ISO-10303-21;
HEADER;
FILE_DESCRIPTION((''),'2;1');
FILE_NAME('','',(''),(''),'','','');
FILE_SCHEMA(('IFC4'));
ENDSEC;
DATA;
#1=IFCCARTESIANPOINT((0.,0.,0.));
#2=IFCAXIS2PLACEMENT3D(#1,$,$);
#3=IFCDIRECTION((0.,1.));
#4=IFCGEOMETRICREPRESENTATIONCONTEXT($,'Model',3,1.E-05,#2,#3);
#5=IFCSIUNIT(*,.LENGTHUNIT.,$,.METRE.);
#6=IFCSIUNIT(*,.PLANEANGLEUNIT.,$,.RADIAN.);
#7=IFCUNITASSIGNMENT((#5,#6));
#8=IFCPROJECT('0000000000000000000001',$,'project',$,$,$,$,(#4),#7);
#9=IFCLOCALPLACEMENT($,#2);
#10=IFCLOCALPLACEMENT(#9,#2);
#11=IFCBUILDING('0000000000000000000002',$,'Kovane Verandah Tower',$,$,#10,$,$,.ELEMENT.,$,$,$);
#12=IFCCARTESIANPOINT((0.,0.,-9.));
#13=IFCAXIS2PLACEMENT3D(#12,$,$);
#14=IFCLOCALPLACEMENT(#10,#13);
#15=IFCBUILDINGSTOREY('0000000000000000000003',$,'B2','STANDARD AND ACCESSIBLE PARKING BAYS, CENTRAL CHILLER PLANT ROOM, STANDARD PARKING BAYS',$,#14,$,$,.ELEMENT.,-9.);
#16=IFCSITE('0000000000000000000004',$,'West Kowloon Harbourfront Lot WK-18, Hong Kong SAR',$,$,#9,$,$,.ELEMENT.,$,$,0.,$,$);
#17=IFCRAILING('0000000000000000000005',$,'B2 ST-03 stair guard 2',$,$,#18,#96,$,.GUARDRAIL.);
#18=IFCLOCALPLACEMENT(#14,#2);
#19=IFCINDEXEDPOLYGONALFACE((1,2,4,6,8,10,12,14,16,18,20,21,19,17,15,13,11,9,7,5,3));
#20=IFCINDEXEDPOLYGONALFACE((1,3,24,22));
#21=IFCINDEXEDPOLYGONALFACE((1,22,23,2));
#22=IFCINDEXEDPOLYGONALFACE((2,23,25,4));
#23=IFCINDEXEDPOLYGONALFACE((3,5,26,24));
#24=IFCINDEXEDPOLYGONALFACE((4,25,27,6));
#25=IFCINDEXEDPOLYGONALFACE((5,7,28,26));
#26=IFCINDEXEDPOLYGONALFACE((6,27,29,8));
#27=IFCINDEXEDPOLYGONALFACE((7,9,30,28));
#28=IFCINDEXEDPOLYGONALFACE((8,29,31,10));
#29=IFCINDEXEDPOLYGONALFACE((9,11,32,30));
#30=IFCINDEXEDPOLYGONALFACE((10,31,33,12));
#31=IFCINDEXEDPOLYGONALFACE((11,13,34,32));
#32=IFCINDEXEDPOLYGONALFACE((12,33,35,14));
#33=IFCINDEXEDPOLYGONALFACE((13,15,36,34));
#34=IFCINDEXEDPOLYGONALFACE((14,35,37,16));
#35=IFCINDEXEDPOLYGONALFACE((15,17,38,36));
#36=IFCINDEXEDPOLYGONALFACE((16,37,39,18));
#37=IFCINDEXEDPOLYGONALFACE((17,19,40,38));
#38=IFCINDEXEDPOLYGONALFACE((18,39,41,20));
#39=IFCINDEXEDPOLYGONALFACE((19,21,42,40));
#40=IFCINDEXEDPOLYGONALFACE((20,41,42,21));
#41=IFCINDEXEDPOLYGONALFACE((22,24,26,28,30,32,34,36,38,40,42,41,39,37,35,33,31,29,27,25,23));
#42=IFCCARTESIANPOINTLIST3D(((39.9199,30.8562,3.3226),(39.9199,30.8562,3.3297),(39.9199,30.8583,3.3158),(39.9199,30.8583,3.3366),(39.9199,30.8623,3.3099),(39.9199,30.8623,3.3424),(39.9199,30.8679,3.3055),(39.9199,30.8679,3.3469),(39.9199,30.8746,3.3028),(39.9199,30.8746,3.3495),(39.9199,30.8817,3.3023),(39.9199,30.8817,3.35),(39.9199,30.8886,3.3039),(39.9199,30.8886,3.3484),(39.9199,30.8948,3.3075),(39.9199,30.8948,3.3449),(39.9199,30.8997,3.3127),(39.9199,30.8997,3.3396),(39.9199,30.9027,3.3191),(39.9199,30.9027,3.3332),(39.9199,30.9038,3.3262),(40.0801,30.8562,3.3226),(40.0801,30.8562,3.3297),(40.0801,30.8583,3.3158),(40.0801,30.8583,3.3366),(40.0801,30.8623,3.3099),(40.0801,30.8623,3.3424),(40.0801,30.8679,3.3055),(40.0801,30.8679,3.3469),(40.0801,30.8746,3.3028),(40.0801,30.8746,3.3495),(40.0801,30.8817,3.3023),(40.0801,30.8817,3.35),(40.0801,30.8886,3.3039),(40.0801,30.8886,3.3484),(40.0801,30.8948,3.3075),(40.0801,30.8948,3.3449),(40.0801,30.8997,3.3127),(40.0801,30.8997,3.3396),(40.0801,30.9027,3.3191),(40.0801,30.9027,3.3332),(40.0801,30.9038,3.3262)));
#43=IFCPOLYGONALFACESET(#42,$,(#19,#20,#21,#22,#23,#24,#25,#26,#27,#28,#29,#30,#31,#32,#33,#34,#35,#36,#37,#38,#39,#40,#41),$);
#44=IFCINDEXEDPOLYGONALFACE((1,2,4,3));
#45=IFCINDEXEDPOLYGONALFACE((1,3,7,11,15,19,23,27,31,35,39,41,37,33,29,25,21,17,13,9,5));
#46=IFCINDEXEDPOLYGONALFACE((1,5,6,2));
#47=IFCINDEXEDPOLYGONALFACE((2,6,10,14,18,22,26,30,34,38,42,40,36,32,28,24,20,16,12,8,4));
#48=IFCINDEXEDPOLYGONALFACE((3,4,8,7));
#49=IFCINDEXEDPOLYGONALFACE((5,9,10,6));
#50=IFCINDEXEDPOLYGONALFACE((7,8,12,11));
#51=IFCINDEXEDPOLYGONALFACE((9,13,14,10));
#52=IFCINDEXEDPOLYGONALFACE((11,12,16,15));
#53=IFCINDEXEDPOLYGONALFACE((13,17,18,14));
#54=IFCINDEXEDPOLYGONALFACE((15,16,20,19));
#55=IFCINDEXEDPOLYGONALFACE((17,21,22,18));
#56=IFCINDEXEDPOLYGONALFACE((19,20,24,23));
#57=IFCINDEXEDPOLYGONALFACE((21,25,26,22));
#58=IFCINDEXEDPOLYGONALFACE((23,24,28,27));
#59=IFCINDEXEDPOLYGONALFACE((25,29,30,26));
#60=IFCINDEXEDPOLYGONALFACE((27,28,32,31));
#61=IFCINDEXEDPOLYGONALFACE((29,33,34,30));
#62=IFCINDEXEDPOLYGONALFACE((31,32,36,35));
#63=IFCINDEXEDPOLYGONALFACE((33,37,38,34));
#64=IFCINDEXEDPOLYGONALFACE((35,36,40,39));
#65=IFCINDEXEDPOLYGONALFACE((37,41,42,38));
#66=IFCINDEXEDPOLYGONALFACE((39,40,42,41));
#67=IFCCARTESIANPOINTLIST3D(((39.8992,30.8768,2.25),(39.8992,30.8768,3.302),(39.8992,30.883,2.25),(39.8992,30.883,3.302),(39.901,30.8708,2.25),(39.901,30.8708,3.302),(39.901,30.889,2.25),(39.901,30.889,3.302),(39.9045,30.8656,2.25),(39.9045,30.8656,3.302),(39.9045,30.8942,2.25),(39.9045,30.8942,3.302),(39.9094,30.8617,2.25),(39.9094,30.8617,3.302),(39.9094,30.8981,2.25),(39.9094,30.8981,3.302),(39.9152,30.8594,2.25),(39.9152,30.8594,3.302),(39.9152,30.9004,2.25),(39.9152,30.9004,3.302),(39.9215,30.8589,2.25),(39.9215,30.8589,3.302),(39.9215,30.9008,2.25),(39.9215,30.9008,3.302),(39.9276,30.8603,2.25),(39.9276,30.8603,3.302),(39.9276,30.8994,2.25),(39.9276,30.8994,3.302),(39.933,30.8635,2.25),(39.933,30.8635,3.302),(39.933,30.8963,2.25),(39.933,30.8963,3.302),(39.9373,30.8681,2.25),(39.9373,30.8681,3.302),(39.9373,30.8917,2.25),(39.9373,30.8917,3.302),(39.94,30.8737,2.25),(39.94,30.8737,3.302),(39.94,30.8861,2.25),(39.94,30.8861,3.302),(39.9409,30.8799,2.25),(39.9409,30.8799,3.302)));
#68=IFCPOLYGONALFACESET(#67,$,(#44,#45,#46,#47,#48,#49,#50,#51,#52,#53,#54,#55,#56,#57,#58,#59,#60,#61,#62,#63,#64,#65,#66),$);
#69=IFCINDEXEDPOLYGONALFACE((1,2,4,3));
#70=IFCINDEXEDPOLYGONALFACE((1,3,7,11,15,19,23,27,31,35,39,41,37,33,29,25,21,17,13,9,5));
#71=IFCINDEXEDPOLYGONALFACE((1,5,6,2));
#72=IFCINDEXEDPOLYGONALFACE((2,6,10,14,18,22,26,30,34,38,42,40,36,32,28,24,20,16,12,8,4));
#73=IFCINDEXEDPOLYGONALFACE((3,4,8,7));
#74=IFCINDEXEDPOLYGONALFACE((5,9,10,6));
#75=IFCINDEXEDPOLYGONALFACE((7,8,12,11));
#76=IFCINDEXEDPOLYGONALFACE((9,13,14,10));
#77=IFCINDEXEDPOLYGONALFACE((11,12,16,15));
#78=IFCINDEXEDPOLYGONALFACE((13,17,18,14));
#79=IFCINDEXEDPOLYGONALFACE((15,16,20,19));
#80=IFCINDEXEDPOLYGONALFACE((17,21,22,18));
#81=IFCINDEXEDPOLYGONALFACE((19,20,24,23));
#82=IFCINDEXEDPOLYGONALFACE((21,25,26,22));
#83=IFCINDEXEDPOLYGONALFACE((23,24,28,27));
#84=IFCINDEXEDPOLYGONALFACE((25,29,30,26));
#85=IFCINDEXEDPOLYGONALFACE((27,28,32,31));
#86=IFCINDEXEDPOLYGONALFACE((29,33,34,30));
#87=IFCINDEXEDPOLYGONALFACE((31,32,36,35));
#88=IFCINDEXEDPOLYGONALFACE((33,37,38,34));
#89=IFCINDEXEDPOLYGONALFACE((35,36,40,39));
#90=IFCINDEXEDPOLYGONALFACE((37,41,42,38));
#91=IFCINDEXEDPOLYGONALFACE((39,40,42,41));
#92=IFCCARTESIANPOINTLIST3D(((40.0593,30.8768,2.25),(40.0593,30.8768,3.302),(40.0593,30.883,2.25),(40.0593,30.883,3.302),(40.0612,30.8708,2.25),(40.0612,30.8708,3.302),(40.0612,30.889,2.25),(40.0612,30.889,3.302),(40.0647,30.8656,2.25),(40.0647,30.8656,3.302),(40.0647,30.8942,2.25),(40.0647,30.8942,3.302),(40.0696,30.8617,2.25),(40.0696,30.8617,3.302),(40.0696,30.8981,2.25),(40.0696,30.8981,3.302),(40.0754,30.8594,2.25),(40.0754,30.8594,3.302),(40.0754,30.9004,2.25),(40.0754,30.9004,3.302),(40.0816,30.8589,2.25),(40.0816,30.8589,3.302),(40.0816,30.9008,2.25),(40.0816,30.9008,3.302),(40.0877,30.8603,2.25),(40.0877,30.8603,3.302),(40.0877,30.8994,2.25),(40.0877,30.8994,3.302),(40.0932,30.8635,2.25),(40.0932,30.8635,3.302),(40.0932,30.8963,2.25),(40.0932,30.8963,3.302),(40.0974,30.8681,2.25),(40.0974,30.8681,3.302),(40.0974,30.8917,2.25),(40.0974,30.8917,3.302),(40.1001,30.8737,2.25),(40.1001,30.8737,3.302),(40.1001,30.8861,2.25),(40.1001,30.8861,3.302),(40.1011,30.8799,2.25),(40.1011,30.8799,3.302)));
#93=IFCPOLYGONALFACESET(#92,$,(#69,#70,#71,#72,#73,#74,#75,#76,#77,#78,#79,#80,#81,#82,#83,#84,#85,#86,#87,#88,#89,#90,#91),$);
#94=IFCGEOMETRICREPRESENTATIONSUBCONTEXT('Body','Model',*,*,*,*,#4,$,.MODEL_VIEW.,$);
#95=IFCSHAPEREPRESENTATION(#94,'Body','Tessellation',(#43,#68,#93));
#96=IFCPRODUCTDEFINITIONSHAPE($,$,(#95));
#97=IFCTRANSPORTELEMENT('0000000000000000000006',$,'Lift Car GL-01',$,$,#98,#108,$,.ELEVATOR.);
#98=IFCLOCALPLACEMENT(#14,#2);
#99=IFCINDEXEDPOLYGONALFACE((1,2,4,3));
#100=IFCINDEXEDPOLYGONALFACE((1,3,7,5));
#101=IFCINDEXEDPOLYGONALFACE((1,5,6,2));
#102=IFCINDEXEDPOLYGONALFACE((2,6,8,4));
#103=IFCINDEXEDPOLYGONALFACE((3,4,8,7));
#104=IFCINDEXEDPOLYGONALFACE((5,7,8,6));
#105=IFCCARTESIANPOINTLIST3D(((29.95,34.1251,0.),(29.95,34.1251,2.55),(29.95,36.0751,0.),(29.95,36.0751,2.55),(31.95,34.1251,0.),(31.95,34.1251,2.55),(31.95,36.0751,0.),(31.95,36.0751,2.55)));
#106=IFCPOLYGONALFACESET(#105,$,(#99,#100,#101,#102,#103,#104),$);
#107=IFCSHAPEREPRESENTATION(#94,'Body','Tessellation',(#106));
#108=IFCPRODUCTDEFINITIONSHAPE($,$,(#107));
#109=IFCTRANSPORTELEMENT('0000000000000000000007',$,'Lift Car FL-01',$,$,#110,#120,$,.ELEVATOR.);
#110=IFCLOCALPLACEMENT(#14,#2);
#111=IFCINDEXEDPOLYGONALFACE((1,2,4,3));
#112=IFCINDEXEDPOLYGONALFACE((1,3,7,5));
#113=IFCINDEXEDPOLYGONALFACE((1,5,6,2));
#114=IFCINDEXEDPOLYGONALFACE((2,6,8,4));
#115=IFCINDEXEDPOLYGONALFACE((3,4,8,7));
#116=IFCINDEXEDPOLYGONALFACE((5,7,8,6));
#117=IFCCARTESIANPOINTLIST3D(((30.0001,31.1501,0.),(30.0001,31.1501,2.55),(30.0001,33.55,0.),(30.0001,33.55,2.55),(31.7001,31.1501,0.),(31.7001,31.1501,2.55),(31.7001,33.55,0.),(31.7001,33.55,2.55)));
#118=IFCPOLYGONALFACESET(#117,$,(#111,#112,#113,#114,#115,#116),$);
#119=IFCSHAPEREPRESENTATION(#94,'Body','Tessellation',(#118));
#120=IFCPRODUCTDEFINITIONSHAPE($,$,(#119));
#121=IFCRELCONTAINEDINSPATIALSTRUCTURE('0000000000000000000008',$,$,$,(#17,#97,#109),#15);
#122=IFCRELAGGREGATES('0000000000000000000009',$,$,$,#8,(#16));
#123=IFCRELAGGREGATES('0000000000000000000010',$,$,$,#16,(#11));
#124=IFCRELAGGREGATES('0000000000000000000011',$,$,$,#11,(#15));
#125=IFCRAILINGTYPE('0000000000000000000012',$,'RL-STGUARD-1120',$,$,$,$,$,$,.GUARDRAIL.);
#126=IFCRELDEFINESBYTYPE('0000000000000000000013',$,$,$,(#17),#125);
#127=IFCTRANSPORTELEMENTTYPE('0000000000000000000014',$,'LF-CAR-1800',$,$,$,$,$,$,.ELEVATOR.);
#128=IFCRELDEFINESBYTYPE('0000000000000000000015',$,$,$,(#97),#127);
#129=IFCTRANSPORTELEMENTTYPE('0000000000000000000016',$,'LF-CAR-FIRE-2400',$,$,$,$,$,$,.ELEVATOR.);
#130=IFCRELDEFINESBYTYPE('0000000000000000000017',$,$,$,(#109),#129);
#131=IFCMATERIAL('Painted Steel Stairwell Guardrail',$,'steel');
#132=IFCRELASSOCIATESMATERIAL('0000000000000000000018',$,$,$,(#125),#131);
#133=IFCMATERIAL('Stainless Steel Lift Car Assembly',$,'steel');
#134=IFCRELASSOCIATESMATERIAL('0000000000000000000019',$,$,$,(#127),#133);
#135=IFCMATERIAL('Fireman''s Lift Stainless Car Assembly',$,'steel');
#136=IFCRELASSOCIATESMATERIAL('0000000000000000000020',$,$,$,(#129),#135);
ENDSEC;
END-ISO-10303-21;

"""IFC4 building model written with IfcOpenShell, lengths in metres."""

from ifc_helpers import new_model, si_unit, direction, frame, origin, origin_2d, place, context, subcontext, project, spatial, rectangle, circle, extrude, material, type_object, element, save


model = new_model("IFC4")

# Units and contexts
model_context = context("Model", 3, precision=1e-05, world=origin(), true_north=direction((0.0, 1.0)))
body_context = subcontext(model_context, "Body", "Model", "MODEL_VIEW")
ifc_project = project(units=[si_unit("LENGTHUNIT", "METRE"), si_unit("PLANEANGLEUNIT", "RADIAN")], contexts=[model_context])

# Site, building, storey
site_placement = place(None, origin())
site = spatial("IfcSite", under=ifc_project, at=site_placement, Name="West Kowloon Harbourfront Lot WK-18, Hong Kong SAR", CompositionType="ELEMENT", RefElevation=0.0)
building_placement = place(site_placement, origin())
building = spatial("IfcBuilding", under=site, at=building_placement, Name="Kovane Verandah Tower", CompositionType="ELEMENT")
storey_placement = place(building_placement, frame((0.0, 0.0, -9.0)))
storey = spatial("IfcBuildingStorey", under=building, at=storey_placement, Name="B2", Description="STANDARD AND ACCESSIBLE PARKING BAYS, CENTRAL CHILLER PLANT ROOM, STANDARD PARKING BAYS", CompositionType="ELEMENT", Elevation=-9.0)

# Railing
ifc_material_1 = material(Name="Painted Steel Stairwell Guardrail", Category="steel")
railing_type_1 = type_object("IfcRailingType", Name="RL-STGUARD-1120", PredefinedType="GUARDRAIL", material=ifc_material_1)
railing_1_placement = place(storey_placement, frame((39.9199, 30.8799, 2.25)))
element("IfcRailing", 1, at=railing_1_placement, inside=storey, type_object=railing_type_1, Name="B2 ST-03 stair guard 2", PredefinedType="GUARDRAIL", context=body_context, shape_type="SweptSolid", body=[
    extrude(circle(Radius=0.0239, at=origin_2d()), frame((0.0, 0.0, 1.0762), z_axis=(1.0, 0.0, 0.0), x_axis=(0.0, 1.0, 0.0)), (0.0, 0.0, 1.0), 0.1602),
    extrude(circle(Radius=0.021, at=origin_2d()), origin(), (0.0, 0.0, 1.0), 1.052),
    extrude(circle(Radius=0.021, at=origin_2d()), frame((0.1602, 0.0, 0.0)), (0.0, 0.0, 1.0), 1.052),
])

# Transport elements
ifc_material_2 = material(Name="Stainless Steel Lift Car Assembly", Category="steel")
transport_element_type_1 = type_object("IfcTransportElementType", Name="LF-CAR-1800", PredefinedType="ELEVATOR", material=ifc_material_2)
transport_element_1_placement = place(storey_placement, frame((30.95, 35.1001, 0.0), z_axis=(0.0, 0.0, 1.0), x_axis=(1.0, 0.0, 0.0)))
element("IfcTransportElement", 2, at=transport_element_1_placement, inside=storey, type_object=transport_element_type_1, Name="Lift Car GL-01", PredefinedType="ELEVATOR", context=body_context, shape_type="SweptSolid", body=[
    extrude(rectangle(XDim=2.0, YDim=1.95, at=origin_2d()), origin(), (0.0, 0.0, 1.0), 2.55),
])
ifc_material_3 = material(Name="Fireman's Lift Stainless Car Assembly", Category="steel")
transport_element_type_2 = type_object("IfcTransportElementType", Name="LF-CAR-FIRE-2400", PredefinedType="ELEVATOR", material=ifc_material_3)
transport_element_2_placement = place(storey_placement, frame((30.8501, 32.3501, 0.0), z_axis=(0.0, 0.0, 1.0), x_axis=(1.0, 0.0, 0.0)))
element("IfcTransportElement", 3, at=transport_element_2_placement, inside=storey, type_object=transport_element_type_2, Name="Lift Car FL-01", PredefinedType="ELEVATOR", context=body_context, shape_type="SweptSolid", body=[
    extrude(rectangle(XDim=1.7, YDim=2.3999, at=origin_2d()), origin(), (0.0, 0.0, 1.0), 2.55),
])

save(model, "model.ifc")
